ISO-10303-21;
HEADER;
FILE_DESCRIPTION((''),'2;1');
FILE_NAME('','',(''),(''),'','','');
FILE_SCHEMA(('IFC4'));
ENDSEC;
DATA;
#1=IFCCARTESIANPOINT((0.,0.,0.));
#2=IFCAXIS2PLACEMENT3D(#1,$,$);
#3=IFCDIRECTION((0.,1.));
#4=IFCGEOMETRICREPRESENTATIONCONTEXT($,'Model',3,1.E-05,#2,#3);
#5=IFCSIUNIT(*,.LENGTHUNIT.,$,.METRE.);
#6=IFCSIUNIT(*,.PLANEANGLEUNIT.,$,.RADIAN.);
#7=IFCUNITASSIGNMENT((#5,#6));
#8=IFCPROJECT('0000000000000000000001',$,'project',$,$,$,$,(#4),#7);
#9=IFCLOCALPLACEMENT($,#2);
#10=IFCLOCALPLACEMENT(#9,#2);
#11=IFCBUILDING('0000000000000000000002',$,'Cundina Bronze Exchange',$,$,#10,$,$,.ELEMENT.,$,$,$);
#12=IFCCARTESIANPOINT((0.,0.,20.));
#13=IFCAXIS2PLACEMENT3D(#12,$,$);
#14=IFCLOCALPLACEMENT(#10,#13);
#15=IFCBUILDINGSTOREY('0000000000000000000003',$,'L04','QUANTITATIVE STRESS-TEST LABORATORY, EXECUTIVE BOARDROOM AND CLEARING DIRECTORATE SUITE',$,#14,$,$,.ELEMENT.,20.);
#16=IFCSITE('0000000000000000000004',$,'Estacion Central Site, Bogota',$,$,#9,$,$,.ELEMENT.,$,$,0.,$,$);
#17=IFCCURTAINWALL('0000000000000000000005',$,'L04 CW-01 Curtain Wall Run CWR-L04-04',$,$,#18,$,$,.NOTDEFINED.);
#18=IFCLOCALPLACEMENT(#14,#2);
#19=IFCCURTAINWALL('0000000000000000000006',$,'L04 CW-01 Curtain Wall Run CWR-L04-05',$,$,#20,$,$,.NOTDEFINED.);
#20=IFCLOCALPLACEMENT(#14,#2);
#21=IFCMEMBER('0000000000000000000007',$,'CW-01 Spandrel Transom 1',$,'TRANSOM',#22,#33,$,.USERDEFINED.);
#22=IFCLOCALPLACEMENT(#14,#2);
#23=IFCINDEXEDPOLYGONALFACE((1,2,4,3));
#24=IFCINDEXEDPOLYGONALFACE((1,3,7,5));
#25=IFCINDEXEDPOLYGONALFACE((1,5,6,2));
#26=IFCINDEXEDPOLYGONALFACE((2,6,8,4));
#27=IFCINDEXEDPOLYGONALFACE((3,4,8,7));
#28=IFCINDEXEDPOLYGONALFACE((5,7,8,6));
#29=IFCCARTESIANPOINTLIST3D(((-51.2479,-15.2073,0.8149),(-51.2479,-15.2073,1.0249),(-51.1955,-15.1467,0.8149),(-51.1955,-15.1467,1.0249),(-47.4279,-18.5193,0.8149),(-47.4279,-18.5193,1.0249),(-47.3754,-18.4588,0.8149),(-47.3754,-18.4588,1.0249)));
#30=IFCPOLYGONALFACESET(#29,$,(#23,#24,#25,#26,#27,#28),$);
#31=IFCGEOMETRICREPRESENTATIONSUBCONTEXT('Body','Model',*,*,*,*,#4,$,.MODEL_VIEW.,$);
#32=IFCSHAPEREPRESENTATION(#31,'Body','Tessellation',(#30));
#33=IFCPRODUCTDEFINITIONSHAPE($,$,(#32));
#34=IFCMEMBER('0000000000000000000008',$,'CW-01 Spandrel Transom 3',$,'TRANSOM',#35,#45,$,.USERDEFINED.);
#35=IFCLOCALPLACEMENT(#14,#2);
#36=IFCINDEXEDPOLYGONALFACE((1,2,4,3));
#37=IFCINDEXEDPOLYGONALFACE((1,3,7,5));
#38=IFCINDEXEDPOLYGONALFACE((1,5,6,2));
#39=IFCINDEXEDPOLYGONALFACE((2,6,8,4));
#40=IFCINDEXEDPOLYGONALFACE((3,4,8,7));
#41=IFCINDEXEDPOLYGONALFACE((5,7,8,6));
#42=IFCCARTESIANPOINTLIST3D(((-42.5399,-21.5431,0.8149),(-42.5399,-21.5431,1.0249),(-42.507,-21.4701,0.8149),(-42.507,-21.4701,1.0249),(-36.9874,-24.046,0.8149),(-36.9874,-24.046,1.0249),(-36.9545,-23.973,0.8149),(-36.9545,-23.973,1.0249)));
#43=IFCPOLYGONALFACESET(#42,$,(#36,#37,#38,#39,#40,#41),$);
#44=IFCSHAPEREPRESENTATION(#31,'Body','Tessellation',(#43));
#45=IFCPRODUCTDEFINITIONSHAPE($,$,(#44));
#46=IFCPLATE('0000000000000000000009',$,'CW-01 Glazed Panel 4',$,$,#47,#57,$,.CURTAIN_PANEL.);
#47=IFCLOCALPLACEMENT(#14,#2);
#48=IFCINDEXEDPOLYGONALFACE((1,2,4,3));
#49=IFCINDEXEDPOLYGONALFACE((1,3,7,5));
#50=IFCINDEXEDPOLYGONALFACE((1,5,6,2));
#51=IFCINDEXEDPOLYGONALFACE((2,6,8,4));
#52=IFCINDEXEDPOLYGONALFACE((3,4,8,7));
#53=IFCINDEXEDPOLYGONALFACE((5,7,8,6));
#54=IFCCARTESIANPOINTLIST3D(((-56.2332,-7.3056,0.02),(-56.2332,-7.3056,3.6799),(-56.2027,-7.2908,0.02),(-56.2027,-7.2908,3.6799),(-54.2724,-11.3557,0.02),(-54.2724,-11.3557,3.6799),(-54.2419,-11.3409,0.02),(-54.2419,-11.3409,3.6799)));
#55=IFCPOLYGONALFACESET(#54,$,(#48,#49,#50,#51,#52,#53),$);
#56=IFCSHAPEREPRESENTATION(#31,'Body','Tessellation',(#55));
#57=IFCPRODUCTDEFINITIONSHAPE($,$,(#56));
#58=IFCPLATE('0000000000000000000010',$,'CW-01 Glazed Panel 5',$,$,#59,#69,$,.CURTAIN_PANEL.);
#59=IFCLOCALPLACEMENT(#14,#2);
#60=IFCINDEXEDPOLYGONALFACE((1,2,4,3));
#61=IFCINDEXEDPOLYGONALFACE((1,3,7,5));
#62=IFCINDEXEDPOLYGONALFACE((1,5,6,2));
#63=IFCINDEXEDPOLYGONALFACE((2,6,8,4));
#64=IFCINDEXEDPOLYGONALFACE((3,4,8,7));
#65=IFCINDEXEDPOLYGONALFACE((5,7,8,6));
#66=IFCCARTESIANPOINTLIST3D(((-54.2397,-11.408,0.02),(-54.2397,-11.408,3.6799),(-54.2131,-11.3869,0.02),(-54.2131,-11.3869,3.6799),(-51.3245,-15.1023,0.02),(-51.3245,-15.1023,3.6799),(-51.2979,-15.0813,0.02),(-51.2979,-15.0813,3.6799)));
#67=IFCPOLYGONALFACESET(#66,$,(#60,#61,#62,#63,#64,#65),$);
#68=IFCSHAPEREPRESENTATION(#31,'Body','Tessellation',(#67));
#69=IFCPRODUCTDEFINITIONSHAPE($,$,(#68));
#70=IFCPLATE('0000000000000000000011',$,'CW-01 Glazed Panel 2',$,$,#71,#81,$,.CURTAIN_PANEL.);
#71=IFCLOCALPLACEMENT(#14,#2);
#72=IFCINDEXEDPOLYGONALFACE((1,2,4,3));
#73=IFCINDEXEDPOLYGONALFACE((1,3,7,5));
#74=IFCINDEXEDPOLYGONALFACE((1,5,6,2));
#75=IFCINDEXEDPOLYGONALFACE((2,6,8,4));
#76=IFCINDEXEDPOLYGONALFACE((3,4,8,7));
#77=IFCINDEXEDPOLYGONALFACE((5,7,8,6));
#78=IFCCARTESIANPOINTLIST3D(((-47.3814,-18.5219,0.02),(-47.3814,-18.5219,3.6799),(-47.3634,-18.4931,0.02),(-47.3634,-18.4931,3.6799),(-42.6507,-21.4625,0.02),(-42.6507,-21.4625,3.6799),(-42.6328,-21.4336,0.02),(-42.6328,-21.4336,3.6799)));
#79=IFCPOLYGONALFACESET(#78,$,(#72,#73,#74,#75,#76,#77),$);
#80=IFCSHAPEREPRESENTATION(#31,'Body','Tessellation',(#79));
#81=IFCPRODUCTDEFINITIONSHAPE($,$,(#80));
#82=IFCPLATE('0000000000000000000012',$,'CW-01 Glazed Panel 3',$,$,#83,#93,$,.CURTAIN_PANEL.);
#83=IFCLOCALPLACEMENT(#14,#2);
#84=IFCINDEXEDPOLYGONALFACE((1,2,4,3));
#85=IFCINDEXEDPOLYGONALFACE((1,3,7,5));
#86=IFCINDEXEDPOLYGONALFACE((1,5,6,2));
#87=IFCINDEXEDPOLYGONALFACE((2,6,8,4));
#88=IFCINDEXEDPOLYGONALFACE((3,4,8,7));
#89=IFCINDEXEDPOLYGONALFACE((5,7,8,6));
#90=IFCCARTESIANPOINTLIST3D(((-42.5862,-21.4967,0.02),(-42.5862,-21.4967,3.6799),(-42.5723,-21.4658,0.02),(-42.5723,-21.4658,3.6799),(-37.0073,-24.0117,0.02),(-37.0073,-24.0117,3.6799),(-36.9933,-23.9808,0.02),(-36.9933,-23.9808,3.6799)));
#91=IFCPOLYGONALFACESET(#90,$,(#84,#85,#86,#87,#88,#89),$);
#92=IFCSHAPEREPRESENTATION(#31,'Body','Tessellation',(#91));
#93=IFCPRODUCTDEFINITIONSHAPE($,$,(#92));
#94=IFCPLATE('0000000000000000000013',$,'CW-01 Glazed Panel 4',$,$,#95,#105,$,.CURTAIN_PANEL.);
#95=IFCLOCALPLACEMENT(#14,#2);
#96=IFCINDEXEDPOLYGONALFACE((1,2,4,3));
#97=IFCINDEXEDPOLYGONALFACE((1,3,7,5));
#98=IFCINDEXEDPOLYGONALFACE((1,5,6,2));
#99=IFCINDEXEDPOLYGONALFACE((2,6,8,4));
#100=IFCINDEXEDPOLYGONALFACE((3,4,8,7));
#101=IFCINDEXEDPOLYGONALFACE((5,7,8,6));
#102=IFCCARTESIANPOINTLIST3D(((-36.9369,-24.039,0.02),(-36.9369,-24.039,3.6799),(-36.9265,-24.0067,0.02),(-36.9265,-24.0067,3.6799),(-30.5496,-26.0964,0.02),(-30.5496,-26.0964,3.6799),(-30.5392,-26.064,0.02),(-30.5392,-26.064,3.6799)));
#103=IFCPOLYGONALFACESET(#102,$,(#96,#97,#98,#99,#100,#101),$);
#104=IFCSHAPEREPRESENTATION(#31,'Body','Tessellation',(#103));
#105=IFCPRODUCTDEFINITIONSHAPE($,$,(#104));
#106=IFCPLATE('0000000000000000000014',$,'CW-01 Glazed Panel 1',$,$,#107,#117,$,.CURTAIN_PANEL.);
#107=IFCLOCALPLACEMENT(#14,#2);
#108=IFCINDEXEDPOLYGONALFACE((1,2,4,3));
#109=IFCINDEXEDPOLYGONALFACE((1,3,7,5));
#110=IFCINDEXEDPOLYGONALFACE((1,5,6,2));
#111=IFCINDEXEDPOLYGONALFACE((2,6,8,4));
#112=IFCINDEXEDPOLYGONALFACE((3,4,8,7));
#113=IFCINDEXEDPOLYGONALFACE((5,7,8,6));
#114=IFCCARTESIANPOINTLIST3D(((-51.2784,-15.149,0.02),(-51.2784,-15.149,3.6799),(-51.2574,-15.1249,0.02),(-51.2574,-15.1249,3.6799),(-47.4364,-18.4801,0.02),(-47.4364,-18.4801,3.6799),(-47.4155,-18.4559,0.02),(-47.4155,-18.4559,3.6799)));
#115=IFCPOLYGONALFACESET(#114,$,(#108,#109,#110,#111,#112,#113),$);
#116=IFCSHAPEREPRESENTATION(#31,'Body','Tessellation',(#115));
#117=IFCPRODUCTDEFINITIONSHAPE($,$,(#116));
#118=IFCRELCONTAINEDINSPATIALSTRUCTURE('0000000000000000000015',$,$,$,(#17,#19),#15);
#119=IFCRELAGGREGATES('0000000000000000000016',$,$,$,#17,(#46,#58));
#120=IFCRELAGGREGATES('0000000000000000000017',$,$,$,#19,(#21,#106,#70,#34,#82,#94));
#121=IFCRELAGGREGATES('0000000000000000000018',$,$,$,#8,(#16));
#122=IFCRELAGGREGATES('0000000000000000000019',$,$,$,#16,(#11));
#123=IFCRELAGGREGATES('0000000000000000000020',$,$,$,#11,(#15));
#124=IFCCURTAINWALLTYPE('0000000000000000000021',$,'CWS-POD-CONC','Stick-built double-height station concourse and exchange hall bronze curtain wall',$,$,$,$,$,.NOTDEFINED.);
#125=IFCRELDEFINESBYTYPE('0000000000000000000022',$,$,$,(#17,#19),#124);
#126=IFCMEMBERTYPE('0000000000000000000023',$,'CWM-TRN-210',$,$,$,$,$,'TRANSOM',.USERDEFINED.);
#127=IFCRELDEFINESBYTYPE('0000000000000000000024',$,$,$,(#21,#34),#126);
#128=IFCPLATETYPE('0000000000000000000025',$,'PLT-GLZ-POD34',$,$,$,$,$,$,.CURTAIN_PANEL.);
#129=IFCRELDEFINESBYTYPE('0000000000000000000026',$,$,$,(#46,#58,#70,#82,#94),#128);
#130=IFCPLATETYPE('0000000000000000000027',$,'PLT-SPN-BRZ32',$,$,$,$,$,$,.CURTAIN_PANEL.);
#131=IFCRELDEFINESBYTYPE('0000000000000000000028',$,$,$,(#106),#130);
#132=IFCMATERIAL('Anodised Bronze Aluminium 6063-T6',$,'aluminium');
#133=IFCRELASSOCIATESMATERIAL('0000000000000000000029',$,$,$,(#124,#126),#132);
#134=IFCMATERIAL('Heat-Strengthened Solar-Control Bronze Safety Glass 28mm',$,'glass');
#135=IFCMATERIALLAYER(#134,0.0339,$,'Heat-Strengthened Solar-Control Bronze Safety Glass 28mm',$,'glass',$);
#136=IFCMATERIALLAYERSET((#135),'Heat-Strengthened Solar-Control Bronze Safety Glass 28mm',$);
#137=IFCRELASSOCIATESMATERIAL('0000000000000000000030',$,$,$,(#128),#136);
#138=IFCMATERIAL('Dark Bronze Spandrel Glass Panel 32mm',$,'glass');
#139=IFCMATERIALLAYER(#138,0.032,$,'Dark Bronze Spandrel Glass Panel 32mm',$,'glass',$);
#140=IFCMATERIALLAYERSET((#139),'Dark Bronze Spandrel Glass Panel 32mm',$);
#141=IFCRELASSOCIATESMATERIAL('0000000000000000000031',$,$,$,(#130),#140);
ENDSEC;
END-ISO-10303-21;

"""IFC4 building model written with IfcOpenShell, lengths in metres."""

from ifc_helpers import new_model, si_unit, direction, frame, origin, origin_2d, place, context, subcontext, project, spatial, rectangle, extrude, material, layer, layer_set, material_profile, profile_set, type_object, element, aggregate, save


model = new_model("IFC4")

# Units and contexts
model_context = context("Model", 3, precision=1e-05, world=origin(), true_north=direction((0.0, 1.0)))
body_context = subcontext(model_context, "Body", "Model", "MODEL_VIEW")
ifc_project = project(units=[si_unit("LENGTHUNIT", "METRE"), si_unit("PLANEANGLEUNIT", "RADIAN")], contexts=[model_context])

# Site, building, storey
site_placement = place(None, origin())
site = spatial("IfcSite", under=ifc_project, at=site_placement, Name="Estacion Central Site, Bogota", CompositionType="ELEMENT", RefElevation=0.0)
building_placement = place(site_placement, origin())
building = spatial("IfcBuilding", under=site, at=building_placement, Name="Cundina Bronze Exchange", CompositionType="ELEMENT")
storey_placement = place(building_placement, frame((0.0, 0.0, 20.0)))
storey = spatial("IfcBuildingStorey", under=building, at=storey_placement, Name="L04", Description="QUANTITATIVE STRESS-TEST LABORATORY, EXECUTIVE BOARDROOM AND CLEARING DIRECTORATE SUITE", CompositionType="ELEMENT", Elevation=20.0)

# Curtain walls
ifc_material_1 = material(Name="Anodised Bronze Aluminium 6063-T6", Category="aluminium")
curtain_wall_type = type_object("IfcCurtainWallType", Name="CWS-POD-CONC", Description="Stick-built double-height station concourse and exchange hall bronze curtain wall", PredefinedType="NOTDEFINED", material=ifc_material_1)
curtain_wall_1_placement = place(storey_placement, origin())
curtain_wall_1 = element("IfcCurtainWall", 1, at=curtain_wall_1_placement, inside=storey, type_object=curtain_wall_type, Name="L04 CW-01 Curtain Wall Run CWR-L04-04", PredefinedType="NOTDEFINED")
curtain_wall_2_placement = place(storey_placement, origin())
curtain_wall_2 = element("IfcCurtainWall", 2, at=curtain_wall_2_placement, inside=storey, type_object=curtain_wall_type, Name="L04 CW-01 Curtain Wall Run CWR-L04-05", PredefinedType="NOTDEFINED")

# Members
ifc_material_profile_1 = material_profile(ifc_material_1, rectangle(XDim=0.0801, YDim=0.21, at=origin_2d()), Name="AL80X210", Category="aluminium")
ifc_profile_set_1 = profile_set([ifc_material_profile_1], Name="Anodised Bronze Aluminium 6063-T6")
member_type_1 = type_object("IfcMemberType", Name="CWM-TRN-210", ElementType="TRANSOM", PredefinedType="USERDEFINED", material=ifc_profile_set_1)
member_1_placement = place(storey_placement, frame((-51.2217, -15.177, 0.9199), z_axis=(0.755563, -0.655076, 0.0), x_axis=(0.655076, 0.755563, 0.0)))
member_1 = element("IfcMember", 3, at=member_1_placement, type_object=member_type_1, Name="CW-01 Spandrel Transom 1", ObjectType="TRANSOM", PredefinedType="USERDEFINED", context=body_context, shape_type="SweptSolid", body=[
    extrude(rectangle(XDim=0.0801, YDim=0.21, at=origin_2d()), origin(), (0.0, 0.0, 1.0), 5.0559),
])
member_2_placement = place(storey_placement, frame((-42.5234, -21.5066, 0.9199), z_axis=(0.911657, -0.410953, 0.0), x_axis=(0.410953, 0.911657, 0.0)))
member_2 = element("IfcMember", 4, at=member_2_placement, type_object=member_type_1, Name="CW-01 Spandrel Transom 3", ObjectType="TRANSOM", PredefinedType="USERDEFINED", context=body_context, shape_type="SweptSolid", body=[
    extrude(rectangle(XDim=0.0801, YDim=0.21, at=origin_2d()), origin(), (0.0, 0.0, 1.0), 6.0906),
])

# Plates
ifc_material_2 = material(Name="Heat-Strengthened Solar-Control Bronze Safety Glass 28mm", Category="glass")
ifc_layer_1 = layer(ifc_material_2, 0.0339, Name="Heat-Strengthened Solar-Control Bronze Safety Glass 28mm", Category="glass")
ifc_layer_set_1 = layer_set([ifc_layer_1], Name="Heat-Strengthened Solar-Control Bronze Safety Glass 28mm")
plate_type_1 = type_object("IfcPlateType", Name="PLT-GLZ-POD34", PredefinedType="CURTAIN_PANEL", material=ifc_layer_set_1)
plate_1_placement = place(storey_placement, frame((-55.2375, -9.3232, 0.02), z_axis=(0.0, 0.0, 1.0), x_axis=(0.435765, -0.90006, 0.0)))
plate_1 = element("IfcPlate", 5, at=plate_1_placement, type_object=plate_type_1, Name="CW-01 Glazed Panel 4", PredefinedType="CURTAIN_PANEL", context=body_context, shape_type="SweptSolid", body=[
    extrude(rectangle(XDim=4.4998, YDim=0.0339, at=origin_2d()), origin(), (0.0, 0.0, 1.0), 3.6599),
])
plate_2_placement = place(storey_placement, frame((-52.7688, -13.2446, 0.02), z_axis=(0.0, 0.0, 1.0), x_axis=(0.619464, -0.785025, 0.0)))
plate_2 = element("IfcPlate", 6, at=plate_2_placement, type_object=plate_type_1, Name="CW-01 Glazed Panel 5", PredefinedType="CURTAIN_PANEL", context=body_context, shape_type="SweptSolid", body=[
    extrude(rectangle(XDim=4.7061, YDim=0.0339, at=origin_2d()), origin(), (0.0, 0.0, 1.0), 3.6599),
])
aggregate(curtain_wall_1, [plate_1, plate_2])
plate_3_placement = place(storey_placement, frame((-45.0071, -19.9778, 0.02), z_axis=(0.0, 0.0, 1.0), x_axis=(0.849294, -0.52792, 0.0)))
plate_3 = element("IfcPlate", 7, at=plate_3_placement, type_object=plate_type_1, Name="CW-01 Glazed Panel 2", PredefinedType="CURTAIN_PANEL", context=body_context, shape_type="SweptSolid", body=[
    extrude(rectangle(XDim=5.5701, YDim=0.0339, at=origin_2d()), origin(), (0.0, 0.0, 1.0), 3.6599),
])
plate_4_placement = place(storey_placement, frame((-39.7898, -22.7388, 0.02), z_axis=(0.0, 0.0, 1.0), x_axis=(0.911647, -0.410973, 0.0)))
plate_4 = element("IfcPlate", 8, at=plate_4_placement, type_object=plate_type_1, Name="CW-01 Glazed Panel 3", PredefinedType="CURTAIN_PANEL", context=body_context, shape_type="SweptSolid", body=[
    extrude(rectangle(XDim=6.1196, YDim=0.0339, at=origin_2d()), origin(), (0.0, 0.0, 1.0), 3.6599),
])
plate_5_placement = place(storey_placement, frame((-33.738, -25.0515, 0.02), z_axis=(0.0, 0.0, 1.0), x_axis=(0.951841, -0.306593, 0.0)))
plate_5 = element("IfcPlate", 9, at=plate_5_placement, type_object=plate_type_1, Name="CW-01 Glazed Panel 4", PredefinedType="CURTAIN_PANEL", context=body_context, shape_type="SweptSolid", body=[
    extrude(rectangle(XDim=6.7104, YDim=0.0339, at=origin_2d()), origin(), (0.0, 0.0, 1.0), 3.6599),
])
ifc_material_3 = material(Name="Dark Bronze Spandrel Glass Panel 32mm", Category="glass")
ifc_layer_2 = layer(ifc_material_3, 0.032, Name="Dark Bronze Spandrel Glass Panel 32mm", Category="glass")
ifc_layer_set_2 = layer_set([ifc_layer_2], Name="Dark Bronze Spandrel Glass Panel 32mm")
plate_type_2 = type_object("IfcPlateType", Name="PLT-SPN-BRZ32", PredefinedType="CURTAIN_PANEL", material=ifc_layer_set_2)
plate_6_placement = place(storey_placement, frame((-49.3469, -16.8025, 0.02), z_axis=(0.0, 0.0, 1.0), x_axis=(0.755556, -0.655084, 0.0)))
plate_6 = element("IfcPlate", 10, at=plate_6_placement, type_object=plate_type_2, Name="CW-01 Glazed Panel 1", PredefinedType="CURTAIN_PANEL", context=body_context, shape_type="SweptSolid", body=[
    extrude(rectangle(XDim=5.085, YDim=0.032, at=origin_2d()), origin(), (0.0, 0.0, 1.0), 3.6599),
])
aggregate(curtain_wall_2, [member_1, plate_6, plate_3, member_2, plate_4, plate_5])

save(model, "model.ifc")
